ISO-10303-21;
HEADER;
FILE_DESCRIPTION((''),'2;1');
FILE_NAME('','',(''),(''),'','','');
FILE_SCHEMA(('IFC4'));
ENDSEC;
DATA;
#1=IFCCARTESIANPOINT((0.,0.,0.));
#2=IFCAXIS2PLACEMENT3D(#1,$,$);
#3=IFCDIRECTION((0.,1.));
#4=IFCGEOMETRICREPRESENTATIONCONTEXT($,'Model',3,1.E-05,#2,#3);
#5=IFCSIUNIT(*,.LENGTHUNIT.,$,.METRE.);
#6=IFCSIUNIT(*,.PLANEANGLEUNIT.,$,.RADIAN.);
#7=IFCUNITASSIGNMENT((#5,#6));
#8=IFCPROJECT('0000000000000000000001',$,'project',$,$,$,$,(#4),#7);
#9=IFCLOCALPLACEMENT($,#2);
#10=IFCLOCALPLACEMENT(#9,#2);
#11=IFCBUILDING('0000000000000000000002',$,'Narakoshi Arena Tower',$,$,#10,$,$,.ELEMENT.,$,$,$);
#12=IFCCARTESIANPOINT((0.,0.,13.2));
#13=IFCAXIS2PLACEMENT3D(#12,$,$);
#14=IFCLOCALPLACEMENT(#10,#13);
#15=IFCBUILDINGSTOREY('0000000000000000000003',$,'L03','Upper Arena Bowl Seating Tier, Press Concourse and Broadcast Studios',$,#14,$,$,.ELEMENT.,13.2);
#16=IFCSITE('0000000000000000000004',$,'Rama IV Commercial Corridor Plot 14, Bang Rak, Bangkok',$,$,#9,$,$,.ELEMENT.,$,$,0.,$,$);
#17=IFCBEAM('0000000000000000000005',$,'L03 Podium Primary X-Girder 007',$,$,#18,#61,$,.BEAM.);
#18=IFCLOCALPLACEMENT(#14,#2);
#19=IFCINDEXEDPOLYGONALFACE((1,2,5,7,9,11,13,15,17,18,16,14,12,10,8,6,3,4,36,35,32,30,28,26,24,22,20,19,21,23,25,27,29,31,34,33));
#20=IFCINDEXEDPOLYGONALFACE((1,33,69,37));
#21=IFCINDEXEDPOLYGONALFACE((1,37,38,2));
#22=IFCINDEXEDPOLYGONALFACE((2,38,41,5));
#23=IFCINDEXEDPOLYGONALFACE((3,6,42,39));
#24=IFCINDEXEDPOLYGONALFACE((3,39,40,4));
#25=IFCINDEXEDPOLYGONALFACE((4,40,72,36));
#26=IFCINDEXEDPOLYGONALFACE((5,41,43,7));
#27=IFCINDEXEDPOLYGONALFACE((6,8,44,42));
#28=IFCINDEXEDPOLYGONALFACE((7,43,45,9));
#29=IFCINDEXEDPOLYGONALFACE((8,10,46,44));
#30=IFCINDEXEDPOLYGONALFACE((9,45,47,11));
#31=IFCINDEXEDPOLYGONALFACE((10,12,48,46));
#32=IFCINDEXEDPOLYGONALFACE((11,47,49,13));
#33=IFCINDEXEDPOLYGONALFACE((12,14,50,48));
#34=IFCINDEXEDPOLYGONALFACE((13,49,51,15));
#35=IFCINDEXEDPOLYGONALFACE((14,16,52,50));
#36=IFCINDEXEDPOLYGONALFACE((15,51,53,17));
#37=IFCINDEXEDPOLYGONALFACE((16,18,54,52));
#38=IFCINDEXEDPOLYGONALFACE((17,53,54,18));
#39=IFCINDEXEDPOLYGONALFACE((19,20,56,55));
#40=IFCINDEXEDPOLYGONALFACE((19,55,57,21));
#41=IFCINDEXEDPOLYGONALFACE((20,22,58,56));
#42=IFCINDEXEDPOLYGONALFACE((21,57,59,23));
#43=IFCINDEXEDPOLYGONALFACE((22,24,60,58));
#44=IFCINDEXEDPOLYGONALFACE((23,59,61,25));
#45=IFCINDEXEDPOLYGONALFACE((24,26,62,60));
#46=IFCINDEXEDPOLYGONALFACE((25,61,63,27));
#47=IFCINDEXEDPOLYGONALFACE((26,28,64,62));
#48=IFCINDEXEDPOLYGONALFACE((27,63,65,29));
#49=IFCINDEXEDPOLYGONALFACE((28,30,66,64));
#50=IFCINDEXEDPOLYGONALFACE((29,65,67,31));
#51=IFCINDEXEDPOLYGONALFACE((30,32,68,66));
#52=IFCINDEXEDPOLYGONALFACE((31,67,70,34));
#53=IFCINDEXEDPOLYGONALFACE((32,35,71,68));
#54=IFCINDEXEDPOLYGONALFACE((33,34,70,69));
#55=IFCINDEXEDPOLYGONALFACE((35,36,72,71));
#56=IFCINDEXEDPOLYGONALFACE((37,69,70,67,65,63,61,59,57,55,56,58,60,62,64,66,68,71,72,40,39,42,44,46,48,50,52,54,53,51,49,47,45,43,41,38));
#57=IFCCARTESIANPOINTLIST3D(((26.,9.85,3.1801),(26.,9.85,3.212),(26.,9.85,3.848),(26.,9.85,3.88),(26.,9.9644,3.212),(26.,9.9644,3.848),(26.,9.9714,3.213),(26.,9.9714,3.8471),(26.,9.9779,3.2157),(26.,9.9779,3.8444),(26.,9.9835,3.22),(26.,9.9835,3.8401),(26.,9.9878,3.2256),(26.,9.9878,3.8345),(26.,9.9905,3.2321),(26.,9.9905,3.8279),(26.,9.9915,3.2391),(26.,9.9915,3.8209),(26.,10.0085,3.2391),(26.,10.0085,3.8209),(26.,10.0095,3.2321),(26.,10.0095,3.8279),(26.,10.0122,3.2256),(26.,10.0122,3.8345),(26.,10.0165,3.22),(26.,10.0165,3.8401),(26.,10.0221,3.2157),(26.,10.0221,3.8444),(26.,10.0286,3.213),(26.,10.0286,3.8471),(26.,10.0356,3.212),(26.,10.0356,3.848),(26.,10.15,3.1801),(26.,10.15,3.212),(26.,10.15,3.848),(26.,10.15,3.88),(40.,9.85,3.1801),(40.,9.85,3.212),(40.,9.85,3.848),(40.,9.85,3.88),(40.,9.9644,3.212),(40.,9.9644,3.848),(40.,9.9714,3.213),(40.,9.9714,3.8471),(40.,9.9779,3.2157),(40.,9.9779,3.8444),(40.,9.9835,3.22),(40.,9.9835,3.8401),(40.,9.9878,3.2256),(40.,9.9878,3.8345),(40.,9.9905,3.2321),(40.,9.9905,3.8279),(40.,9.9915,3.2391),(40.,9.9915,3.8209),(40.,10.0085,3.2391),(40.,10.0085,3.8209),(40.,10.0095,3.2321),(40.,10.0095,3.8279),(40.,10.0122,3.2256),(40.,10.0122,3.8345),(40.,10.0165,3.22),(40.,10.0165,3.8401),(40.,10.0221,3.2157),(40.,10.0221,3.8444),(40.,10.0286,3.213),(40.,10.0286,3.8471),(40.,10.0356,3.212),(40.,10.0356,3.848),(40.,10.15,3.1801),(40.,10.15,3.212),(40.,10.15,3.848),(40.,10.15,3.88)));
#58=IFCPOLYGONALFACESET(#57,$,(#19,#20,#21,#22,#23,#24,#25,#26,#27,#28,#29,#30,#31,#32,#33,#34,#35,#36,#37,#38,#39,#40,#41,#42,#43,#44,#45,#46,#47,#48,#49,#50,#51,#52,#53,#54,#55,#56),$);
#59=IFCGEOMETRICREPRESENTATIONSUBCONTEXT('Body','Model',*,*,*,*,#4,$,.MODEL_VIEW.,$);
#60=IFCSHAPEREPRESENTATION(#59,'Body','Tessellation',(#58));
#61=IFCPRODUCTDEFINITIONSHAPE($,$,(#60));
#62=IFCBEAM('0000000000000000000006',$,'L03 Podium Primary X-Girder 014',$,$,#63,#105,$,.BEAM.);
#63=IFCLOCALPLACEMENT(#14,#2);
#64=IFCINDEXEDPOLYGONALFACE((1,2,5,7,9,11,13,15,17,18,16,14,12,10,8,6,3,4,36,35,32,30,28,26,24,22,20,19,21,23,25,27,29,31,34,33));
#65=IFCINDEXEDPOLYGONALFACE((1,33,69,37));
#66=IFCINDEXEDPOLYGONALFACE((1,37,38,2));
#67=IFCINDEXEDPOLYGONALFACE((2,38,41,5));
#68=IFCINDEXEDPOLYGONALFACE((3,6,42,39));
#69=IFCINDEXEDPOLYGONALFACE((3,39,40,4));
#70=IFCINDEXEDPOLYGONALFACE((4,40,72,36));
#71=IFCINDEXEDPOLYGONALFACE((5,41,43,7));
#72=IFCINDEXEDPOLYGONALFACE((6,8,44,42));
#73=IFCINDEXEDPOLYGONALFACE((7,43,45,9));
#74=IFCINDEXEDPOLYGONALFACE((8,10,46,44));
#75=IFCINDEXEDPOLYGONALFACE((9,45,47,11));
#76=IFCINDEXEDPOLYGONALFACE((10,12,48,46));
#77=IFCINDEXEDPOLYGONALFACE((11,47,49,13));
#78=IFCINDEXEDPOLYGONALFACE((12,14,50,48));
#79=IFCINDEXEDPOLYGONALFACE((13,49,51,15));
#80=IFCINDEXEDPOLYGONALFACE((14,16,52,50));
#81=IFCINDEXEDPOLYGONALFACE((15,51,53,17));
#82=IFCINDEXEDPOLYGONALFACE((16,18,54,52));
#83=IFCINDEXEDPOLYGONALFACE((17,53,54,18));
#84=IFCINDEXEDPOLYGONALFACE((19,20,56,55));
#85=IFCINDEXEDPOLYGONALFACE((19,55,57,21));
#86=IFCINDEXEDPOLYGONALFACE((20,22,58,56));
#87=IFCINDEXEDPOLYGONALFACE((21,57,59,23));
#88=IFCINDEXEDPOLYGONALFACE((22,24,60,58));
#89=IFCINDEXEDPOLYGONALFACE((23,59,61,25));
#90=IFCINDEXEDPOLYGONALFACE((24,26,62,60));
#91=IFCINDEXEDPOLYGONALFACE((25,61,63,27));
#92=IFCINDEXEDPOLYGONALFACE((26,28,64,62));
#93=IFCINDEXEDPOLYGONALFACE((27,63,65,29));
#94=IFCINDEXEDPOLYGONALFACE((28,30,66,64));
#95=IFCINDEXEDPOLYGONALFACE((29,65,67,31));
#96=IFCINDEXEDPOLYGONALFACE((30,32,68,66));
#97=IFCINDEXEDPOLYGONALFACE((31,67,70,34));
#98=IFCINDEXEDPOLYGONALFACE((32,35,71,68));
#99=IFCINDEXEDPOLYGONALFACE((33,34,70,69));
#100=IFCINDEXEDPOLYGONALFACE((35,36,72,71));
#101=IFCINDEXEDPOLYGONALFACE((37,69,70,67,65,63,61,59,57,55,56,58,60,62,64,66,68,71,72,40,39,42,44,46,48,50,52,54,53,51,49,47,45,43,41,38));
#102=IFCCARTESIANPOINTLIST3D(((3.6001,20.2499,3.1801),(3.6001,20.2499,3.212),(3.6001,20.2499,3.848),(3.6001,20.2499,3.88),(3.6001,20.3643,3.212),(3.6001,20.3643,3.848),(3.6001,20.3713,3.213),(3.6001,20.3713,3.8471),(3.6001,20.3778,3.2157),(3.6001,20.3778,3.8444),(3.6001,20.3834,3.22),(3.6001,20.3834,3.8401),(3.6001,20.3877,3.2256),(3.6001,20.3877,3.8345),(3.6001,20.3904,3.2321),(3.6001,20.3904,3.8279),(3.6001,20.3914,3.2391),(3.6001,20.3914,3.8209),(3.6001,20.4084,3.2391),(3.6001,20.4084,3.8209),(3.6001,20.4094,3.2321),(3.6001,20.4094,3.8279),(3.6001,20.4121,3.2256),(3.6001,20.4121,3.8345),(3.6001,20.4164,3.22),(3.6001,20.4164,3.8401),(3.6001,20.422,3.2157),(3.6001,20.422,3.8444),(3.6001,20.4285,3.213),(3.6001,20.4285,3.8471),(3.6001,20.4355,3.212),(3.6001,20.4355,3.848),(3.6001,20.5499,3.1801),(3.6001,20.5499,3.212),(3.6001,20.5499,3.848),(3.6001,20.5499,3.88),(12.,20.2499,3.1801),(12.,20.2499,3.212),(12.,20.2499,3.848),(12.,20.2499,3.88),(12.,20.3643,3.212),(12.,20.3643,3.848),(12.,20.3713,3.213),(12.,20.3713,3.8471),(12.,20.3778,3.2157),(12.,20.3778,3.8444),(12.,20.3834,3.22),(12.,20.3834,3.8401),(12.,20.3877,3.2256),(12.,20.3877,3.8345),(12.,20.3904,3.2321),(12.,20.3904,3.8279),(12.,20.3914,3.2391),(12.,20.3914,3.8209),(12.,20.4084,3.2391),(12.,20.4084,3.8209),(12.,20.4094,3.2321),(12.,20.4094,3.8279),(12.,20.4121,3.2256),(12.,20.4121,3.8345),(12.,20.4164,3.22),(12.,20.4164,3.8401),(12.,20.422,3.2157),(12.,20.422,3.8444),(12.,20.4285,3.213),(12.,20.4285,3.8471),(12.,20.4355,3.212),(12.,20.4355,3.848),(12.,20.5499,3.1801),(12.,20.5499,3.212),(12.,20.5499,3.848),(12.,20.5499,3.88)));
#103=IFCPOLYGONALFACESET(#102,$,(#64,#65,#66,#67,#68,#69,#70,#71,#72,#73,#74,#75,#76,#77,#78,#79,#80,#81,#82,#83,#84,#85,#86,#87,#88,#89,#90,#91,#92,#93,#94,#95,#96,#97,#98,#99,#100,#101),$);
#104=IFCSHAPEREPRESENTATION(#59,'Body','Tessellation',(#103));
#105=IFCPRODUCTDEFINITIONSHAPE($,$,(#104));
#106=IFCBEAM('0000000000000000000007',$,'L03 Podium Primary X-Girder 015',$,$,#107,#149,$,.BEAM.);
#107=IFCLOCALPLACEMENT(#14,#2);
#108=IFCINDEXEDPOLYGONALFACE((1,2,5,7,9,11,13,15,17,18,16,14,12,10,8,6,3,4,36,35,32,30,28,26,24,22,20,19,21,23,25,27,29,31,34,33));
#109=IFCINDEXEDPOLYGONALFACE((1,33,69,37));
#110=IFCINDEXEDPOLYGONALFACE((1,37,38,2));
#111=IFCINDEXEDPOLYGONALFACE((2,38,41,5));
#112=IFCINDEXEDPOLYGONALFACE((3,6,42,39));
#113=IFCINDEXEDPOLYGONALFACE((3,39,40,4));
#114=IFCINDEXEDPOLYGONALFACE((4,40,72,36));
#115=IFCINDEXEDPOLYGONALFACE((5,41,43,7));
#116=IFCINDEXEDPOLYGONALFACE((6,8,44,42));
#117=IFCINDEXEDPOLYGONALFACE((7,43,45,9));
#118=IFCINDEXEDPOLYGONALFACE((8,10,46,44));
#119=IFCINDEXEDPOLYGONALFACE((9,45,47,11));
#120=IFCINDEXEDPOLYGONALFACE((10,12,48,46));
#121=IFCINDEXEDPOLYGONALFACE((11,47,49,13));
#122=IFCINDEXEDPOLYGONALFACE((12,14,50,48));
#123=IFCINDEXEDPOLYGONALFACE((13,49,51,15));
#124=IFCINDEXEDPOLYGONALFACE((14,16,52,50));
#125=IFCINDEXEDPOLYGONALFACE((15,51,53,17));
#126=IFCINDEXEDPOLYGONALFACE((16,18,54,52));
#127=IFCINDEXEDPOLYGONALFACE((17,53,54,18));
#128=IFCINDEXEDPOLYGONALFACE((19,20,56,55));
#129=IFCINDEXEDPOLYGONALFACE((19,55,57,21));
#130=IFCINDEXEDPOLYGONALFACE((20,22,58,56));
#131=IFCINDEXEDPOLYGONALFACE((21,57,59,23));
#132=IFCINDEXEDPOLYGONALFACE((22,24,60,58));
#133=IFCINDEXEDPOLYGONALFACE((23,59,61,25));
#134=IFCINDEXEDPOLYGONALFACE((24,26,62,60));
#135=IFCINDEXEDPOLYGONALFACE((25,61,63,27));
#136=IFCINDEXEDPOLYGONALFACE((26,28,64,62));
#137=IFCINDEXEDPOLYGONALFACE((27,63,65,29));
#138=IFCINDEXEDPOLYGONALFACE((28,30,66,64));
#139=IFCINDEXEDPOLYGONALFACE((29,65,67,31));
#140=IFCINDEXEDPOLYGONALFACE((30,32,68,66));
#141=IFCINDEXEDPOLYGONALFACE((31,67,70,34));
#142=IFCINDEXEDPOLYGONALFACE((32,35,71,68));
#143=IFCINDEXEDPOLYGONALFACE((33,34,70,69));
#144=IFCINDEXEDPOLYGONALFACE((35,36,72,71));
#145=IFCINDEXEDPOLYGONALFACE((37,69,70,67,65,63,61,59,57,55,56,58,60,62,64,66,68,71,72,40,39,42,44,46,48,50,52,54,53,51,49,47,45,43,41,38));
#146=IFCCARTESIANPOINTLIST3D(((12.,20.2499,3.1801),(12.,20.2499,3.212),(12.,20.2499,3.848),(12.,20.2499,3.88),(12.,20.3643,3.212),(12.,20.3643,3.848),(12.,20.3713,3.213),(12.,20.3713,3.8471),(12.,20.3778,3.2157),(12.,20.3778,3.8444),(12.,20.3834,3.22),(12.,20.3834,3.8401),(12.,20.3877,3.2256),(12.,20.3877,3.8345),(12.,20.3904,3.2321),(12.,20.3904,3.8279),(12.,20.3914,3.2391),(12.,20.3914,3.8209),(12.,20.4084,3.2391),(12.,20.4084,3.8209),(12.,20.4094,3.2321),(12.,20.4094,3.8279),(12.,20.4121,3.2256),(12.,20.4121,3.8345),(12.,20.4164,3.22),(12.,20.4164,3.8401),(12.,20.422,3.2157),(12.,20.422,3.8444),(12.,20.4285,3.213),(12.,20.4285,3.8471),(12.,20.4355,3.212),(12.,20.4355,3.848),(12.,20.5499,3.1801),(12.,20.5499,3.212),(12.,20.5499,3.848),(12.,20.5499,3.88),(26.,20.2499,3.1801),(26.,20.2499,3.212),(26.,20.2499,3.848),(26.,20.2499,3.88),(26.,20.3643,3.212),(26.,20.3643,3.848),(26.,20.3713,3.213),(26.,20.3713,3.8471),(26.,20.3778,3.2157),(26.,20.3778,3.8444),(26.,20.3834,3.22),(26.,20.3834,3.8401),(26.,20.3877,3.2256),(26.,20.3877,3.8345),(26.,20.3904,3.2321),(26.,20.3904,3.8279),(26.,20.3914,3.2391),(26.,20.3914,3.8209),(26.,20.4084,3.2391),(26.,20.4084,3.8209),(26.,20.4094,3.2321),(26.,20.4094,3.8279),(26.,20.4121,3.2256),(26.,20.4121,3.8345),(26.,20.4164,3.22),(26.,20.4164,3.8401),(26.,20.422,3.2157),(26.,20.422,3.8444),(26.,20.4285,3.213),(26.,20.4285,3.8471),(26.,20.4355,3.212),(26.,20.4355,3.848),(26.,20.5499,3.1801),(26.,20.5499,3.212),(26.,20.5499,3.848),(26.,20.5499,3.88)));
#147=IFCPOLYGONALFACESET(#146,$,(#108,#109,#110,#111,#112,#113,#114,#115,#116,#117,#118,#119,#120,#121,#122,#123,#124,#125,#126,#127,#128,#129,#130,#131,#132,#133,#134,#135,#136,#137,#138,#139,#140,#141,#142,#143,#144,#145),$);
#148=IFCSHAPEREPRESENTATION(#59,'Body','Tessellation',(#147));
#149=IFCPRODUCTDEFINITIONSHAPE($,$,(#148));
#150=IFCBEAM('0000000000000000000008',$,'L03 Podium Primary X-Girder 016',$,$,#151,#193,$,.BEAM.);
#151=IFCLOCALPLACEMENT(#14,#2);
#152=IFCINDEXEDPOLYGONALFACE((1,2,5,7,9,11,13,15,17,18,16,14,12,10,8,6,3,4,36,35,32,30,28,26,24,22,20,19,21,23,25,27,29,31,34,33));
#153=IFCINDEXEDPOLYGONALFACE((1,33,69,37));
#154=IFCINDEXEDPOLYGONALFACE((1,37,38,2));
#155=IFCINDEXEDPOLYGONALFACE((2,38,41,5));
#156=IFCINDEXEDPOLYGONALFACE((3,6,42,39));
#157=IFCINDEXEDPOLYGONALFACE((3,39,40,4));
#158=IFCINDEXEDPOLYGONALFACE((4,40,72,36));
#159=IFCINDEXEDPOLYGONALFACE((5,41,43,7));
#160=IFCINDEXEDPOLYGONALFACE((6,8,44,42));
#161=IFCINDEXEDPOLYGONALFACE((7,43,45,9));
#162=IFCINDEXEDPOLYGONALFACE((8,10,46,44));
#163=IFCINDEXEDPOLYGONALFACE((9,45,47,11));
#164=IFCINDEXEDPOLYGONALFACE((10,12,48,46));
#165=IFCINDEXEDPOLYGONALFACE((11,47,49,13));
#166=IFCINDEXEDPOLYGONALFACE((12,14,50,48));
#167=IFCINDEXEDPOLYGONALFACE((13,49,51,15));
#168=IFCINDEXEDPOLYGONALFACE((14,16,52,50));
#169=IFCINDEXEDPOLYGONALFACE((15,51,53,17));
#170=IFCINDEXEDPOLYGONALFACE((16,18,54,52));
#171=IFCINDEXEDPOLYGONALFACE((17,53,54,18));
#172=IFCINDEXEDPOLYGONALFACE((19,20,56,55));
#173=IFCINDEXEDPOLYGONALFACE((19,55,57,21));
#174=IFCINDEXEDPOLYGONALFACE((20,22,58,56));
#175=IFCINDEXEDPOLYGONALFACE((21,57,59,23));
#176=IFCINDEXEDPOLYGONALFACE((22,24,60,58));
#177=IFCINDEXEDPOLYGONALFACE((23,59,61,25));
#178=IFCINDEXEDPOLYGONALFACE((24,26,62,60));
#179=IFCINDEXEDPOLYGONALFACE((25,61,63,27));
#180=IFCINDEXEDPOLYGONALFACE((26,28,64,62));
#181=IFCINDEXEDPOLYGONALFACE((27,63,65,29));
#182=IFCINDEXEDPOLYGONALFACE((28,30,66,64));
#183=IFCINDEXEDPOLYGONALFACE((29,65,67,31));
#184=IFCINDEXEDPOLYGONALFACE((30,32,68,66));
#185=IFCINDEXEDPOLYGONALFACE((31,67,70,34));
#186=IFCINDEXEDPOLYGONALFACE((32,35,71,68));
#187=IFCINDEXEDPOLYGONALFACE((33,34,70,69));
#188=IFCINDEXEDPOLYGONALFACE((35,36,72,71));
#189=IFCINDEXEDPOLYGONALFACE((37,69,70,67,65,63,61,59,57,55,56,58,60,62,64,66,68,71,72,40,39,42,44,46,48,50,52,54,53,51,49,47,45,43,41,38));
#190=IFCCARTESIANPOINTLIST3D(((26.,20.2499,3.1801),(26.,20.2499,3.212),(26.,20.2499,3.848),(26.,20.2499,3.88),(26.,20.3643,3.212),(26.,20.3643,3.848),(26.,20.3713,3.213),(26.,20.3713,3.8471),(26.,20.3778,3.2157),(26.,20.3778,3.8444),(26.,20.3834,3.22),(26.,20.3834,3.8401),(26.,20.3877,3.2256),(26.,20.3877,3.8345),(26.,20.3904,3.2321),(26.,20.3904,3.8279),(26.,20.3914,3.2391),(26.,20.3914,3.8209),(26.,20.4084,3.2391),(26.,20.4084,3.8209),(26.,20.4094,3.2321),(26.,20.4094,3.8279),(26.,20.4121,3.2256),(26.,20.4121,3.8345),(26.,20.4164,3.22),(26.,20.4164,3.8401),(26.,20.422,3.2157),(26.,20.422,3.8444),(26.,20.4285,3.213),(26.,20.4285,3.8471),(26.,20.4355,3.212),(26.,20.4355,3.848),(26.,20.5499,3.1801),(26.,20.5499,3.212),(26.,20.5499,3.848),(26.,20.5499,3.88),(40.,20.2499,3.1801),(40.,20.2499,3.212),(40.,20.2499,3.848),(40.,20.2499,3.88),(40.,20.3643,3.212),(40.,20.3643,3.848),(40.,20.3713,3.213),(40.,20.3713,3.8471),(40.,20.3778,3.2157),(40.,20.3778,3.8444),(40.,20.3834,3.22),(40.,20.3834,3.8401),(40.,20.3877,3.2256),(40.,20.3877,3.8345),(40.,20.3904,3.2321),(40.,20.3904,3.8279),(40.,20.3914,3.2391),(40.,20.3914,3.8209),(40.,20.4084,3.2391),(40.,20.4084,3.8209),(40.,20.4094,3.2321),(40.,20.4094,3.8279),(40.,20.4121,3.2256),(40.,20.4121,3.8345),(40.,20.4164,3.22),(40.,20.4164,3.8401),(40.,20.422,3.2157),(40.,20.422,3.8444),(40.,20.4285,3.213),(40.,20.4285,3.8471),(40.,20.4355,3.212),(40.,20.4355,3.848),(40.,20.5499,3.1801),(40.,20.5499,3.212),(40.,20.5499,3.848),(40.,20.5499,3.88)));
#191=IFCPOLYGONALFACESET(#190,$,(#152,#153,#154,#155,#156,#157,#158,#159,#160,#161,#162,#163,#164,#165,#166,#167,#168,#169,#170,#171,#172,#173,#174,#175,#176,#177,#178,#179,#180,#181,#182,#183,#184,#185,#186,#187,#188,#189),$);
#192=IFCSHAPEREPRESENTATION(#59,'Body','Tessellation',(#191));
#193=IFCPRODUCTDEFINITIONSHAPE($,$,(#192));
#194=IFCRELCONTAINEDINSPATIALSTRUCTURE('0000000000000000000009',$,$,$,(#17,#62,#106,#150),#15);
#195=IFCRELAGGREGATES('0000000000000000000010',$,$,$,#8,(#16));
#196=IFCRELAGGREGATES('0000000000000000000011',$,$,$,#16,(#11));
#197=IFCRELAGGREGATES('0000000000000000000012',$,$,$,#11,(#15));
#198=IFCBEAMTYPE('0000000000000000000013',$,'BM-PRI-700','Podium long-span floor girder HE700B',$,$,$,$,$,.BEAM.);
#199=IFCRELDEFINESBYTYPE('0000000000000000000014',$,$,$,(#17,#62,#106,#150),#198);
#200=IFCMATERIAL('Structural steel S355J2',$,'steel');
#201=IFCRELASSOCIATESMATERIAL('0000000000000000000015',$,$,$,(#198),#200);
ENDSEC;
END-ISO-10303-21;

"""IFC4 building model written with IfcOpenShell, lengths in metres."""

from ifc_helpers import new_model, si_unit, direction, frame, origin, origin_2d, place, context, subcontext, project, spatial, i_section, extrude, material, material_profile, profile_set, type_object, element, save


model = new_model("IFC4")

# Units and contexts
model_context = context("Model", 3, precision=1e-05, world=origin(), true_north=direction((0.0, 1.0)))
body_context = subcontext(model_context, "Body", "Model", "MODEL_VIEW")
ifc_project = project(units=[si_unit("LENGTHUNIT", "METRE"), si_unit("PLANEANGLEUNIT", "RADIAN")], contexts=[model_context])

# Site, building, storey
site_placement = place(None, origin())
site = spatial("IfcSite", under=ifc_project, at=site_placement, Name="Rama IV Commercial Corridor Plot 14, Bang Rak, Bangkok", CompositionType="ELEMENT", RefElevation=0.0)
building_placement = place(site_placement, origin())
building = spatial("IfcBuilding", under=site, at=building_placement, Name="Narakoshi Arena Tower", CompositionType="ELEMENT")
storey_placement = place(building_placement, frame((0.0, 0.0, 13.2)))
storey = spatial("IfcBuildingStorey", under=building, at=storey_placement, Name="L03", Description="Upper Arena Bowl Seating Tier, Press Concourse and Broadcast Studios", CompositionType="ELEMENT", Elevation=13.2)

# Beams
ifc_material_1 = material(Name="Structural steel S355J2", Category="steel")
ifc_material_profile_1 = material_profile(ifc_material_1, i_section(OverallWidth=0.3, OverallDepth=0.7, WebThickness=0.0171, FlangeThickness=0.032, FilletRadius=0.0271, at=origin_2d()), Name="HE700B")
ifc_profile_set_1 = profile_set([ifc_material_profile_1], Name="Structural steel S355J2")
beam_type_1 = type_object("IfcBeamType", Name="BM-PRI-700", Description="Podium long-span floor girder HE700B", PredefinedType="BEAM", material=ifc_profile_set_1)
for number, where, z_axis, x_axis, name in (
    (1, (26.0, 10.0, 3.53), (1.0, 0.0, 0.0), (0.0, 1.0, 0.0), "L03 Podium Primary X-Girder 007"),
):
    element("IfcBeam", number, at=place(storey_placement, frame(where, z_axis=z_axis, x_axis=x_axis)), inside=storey, type_object=beam_type_1, Name=name, PredefinedType="BEAM", context=body_context, shape_type="SweptSolid", body=[
        extrude(i_section(OverallWidth=0.3, OverallDepth=0.7, WebThickness=0.0171, FlangeThickness=0.032, FilletRadius=0.0271, at=origin_2d()), origin(), (0.0, 0.0, 1.0), 14.0),
    ])
beam_1_placement = place(storey_placement, frame((3.6001, 20.3999, 3.53), z_axis=(1.0, 0.0, 0.0), x_axis=(0.0, 1.0, 0.0)))
element("IfcBeam", 2, at=beam_1_placement, inside=storey, type_object=beam_type_1, Name="L03 Podium Primary X-Girder 014", PredefinedType="BEAM", context=body_context, shape_type="SweptSolid", body=[
    extrude(i_section(OverallWidth=0.3, OverallDepth=0.7, WebThickness=0.0171, FlangeThickness=0.032, FilletRadius=0.0271, at=origin_2d()), origin(), (0.0, 0.0, 1.0), 8.3999),
])
for number, where, z_axis, x_axis, name in (
    (3, (12.0, 20.3999, 3.53), (1.0, 0.0, 0.0), (0.0, 1.0, 0.0), "L03 Podium Primary X-Girder 015"),
    (4, (26.0, 20.3999, 3.53), (1.0, 0.0, 0.0), (0.0, 1.0, 0.0), "L03 Podium Primary X-Girder 016"),
):
    element("IfcBeam", number, at=place(storey_placement, frame(where, z_axis=z_axis, x_axis=x_axis)), inside=storey, type_object=beam_type_1, Name=name, PredefinedType="BEAM", context=body_context, shape_type="SweptSolid", body=[
        extrude(i_section(OverallWidth=0.3, OverallDepth=0.7, WebThickness=0.0171, FlangeThickness=0.032, FilletRadius=0.0271, at=origin_2d()), origin(), (0.0, 0.0, 1.0), 14.0),
    ])

save(model, "model.ifc")
